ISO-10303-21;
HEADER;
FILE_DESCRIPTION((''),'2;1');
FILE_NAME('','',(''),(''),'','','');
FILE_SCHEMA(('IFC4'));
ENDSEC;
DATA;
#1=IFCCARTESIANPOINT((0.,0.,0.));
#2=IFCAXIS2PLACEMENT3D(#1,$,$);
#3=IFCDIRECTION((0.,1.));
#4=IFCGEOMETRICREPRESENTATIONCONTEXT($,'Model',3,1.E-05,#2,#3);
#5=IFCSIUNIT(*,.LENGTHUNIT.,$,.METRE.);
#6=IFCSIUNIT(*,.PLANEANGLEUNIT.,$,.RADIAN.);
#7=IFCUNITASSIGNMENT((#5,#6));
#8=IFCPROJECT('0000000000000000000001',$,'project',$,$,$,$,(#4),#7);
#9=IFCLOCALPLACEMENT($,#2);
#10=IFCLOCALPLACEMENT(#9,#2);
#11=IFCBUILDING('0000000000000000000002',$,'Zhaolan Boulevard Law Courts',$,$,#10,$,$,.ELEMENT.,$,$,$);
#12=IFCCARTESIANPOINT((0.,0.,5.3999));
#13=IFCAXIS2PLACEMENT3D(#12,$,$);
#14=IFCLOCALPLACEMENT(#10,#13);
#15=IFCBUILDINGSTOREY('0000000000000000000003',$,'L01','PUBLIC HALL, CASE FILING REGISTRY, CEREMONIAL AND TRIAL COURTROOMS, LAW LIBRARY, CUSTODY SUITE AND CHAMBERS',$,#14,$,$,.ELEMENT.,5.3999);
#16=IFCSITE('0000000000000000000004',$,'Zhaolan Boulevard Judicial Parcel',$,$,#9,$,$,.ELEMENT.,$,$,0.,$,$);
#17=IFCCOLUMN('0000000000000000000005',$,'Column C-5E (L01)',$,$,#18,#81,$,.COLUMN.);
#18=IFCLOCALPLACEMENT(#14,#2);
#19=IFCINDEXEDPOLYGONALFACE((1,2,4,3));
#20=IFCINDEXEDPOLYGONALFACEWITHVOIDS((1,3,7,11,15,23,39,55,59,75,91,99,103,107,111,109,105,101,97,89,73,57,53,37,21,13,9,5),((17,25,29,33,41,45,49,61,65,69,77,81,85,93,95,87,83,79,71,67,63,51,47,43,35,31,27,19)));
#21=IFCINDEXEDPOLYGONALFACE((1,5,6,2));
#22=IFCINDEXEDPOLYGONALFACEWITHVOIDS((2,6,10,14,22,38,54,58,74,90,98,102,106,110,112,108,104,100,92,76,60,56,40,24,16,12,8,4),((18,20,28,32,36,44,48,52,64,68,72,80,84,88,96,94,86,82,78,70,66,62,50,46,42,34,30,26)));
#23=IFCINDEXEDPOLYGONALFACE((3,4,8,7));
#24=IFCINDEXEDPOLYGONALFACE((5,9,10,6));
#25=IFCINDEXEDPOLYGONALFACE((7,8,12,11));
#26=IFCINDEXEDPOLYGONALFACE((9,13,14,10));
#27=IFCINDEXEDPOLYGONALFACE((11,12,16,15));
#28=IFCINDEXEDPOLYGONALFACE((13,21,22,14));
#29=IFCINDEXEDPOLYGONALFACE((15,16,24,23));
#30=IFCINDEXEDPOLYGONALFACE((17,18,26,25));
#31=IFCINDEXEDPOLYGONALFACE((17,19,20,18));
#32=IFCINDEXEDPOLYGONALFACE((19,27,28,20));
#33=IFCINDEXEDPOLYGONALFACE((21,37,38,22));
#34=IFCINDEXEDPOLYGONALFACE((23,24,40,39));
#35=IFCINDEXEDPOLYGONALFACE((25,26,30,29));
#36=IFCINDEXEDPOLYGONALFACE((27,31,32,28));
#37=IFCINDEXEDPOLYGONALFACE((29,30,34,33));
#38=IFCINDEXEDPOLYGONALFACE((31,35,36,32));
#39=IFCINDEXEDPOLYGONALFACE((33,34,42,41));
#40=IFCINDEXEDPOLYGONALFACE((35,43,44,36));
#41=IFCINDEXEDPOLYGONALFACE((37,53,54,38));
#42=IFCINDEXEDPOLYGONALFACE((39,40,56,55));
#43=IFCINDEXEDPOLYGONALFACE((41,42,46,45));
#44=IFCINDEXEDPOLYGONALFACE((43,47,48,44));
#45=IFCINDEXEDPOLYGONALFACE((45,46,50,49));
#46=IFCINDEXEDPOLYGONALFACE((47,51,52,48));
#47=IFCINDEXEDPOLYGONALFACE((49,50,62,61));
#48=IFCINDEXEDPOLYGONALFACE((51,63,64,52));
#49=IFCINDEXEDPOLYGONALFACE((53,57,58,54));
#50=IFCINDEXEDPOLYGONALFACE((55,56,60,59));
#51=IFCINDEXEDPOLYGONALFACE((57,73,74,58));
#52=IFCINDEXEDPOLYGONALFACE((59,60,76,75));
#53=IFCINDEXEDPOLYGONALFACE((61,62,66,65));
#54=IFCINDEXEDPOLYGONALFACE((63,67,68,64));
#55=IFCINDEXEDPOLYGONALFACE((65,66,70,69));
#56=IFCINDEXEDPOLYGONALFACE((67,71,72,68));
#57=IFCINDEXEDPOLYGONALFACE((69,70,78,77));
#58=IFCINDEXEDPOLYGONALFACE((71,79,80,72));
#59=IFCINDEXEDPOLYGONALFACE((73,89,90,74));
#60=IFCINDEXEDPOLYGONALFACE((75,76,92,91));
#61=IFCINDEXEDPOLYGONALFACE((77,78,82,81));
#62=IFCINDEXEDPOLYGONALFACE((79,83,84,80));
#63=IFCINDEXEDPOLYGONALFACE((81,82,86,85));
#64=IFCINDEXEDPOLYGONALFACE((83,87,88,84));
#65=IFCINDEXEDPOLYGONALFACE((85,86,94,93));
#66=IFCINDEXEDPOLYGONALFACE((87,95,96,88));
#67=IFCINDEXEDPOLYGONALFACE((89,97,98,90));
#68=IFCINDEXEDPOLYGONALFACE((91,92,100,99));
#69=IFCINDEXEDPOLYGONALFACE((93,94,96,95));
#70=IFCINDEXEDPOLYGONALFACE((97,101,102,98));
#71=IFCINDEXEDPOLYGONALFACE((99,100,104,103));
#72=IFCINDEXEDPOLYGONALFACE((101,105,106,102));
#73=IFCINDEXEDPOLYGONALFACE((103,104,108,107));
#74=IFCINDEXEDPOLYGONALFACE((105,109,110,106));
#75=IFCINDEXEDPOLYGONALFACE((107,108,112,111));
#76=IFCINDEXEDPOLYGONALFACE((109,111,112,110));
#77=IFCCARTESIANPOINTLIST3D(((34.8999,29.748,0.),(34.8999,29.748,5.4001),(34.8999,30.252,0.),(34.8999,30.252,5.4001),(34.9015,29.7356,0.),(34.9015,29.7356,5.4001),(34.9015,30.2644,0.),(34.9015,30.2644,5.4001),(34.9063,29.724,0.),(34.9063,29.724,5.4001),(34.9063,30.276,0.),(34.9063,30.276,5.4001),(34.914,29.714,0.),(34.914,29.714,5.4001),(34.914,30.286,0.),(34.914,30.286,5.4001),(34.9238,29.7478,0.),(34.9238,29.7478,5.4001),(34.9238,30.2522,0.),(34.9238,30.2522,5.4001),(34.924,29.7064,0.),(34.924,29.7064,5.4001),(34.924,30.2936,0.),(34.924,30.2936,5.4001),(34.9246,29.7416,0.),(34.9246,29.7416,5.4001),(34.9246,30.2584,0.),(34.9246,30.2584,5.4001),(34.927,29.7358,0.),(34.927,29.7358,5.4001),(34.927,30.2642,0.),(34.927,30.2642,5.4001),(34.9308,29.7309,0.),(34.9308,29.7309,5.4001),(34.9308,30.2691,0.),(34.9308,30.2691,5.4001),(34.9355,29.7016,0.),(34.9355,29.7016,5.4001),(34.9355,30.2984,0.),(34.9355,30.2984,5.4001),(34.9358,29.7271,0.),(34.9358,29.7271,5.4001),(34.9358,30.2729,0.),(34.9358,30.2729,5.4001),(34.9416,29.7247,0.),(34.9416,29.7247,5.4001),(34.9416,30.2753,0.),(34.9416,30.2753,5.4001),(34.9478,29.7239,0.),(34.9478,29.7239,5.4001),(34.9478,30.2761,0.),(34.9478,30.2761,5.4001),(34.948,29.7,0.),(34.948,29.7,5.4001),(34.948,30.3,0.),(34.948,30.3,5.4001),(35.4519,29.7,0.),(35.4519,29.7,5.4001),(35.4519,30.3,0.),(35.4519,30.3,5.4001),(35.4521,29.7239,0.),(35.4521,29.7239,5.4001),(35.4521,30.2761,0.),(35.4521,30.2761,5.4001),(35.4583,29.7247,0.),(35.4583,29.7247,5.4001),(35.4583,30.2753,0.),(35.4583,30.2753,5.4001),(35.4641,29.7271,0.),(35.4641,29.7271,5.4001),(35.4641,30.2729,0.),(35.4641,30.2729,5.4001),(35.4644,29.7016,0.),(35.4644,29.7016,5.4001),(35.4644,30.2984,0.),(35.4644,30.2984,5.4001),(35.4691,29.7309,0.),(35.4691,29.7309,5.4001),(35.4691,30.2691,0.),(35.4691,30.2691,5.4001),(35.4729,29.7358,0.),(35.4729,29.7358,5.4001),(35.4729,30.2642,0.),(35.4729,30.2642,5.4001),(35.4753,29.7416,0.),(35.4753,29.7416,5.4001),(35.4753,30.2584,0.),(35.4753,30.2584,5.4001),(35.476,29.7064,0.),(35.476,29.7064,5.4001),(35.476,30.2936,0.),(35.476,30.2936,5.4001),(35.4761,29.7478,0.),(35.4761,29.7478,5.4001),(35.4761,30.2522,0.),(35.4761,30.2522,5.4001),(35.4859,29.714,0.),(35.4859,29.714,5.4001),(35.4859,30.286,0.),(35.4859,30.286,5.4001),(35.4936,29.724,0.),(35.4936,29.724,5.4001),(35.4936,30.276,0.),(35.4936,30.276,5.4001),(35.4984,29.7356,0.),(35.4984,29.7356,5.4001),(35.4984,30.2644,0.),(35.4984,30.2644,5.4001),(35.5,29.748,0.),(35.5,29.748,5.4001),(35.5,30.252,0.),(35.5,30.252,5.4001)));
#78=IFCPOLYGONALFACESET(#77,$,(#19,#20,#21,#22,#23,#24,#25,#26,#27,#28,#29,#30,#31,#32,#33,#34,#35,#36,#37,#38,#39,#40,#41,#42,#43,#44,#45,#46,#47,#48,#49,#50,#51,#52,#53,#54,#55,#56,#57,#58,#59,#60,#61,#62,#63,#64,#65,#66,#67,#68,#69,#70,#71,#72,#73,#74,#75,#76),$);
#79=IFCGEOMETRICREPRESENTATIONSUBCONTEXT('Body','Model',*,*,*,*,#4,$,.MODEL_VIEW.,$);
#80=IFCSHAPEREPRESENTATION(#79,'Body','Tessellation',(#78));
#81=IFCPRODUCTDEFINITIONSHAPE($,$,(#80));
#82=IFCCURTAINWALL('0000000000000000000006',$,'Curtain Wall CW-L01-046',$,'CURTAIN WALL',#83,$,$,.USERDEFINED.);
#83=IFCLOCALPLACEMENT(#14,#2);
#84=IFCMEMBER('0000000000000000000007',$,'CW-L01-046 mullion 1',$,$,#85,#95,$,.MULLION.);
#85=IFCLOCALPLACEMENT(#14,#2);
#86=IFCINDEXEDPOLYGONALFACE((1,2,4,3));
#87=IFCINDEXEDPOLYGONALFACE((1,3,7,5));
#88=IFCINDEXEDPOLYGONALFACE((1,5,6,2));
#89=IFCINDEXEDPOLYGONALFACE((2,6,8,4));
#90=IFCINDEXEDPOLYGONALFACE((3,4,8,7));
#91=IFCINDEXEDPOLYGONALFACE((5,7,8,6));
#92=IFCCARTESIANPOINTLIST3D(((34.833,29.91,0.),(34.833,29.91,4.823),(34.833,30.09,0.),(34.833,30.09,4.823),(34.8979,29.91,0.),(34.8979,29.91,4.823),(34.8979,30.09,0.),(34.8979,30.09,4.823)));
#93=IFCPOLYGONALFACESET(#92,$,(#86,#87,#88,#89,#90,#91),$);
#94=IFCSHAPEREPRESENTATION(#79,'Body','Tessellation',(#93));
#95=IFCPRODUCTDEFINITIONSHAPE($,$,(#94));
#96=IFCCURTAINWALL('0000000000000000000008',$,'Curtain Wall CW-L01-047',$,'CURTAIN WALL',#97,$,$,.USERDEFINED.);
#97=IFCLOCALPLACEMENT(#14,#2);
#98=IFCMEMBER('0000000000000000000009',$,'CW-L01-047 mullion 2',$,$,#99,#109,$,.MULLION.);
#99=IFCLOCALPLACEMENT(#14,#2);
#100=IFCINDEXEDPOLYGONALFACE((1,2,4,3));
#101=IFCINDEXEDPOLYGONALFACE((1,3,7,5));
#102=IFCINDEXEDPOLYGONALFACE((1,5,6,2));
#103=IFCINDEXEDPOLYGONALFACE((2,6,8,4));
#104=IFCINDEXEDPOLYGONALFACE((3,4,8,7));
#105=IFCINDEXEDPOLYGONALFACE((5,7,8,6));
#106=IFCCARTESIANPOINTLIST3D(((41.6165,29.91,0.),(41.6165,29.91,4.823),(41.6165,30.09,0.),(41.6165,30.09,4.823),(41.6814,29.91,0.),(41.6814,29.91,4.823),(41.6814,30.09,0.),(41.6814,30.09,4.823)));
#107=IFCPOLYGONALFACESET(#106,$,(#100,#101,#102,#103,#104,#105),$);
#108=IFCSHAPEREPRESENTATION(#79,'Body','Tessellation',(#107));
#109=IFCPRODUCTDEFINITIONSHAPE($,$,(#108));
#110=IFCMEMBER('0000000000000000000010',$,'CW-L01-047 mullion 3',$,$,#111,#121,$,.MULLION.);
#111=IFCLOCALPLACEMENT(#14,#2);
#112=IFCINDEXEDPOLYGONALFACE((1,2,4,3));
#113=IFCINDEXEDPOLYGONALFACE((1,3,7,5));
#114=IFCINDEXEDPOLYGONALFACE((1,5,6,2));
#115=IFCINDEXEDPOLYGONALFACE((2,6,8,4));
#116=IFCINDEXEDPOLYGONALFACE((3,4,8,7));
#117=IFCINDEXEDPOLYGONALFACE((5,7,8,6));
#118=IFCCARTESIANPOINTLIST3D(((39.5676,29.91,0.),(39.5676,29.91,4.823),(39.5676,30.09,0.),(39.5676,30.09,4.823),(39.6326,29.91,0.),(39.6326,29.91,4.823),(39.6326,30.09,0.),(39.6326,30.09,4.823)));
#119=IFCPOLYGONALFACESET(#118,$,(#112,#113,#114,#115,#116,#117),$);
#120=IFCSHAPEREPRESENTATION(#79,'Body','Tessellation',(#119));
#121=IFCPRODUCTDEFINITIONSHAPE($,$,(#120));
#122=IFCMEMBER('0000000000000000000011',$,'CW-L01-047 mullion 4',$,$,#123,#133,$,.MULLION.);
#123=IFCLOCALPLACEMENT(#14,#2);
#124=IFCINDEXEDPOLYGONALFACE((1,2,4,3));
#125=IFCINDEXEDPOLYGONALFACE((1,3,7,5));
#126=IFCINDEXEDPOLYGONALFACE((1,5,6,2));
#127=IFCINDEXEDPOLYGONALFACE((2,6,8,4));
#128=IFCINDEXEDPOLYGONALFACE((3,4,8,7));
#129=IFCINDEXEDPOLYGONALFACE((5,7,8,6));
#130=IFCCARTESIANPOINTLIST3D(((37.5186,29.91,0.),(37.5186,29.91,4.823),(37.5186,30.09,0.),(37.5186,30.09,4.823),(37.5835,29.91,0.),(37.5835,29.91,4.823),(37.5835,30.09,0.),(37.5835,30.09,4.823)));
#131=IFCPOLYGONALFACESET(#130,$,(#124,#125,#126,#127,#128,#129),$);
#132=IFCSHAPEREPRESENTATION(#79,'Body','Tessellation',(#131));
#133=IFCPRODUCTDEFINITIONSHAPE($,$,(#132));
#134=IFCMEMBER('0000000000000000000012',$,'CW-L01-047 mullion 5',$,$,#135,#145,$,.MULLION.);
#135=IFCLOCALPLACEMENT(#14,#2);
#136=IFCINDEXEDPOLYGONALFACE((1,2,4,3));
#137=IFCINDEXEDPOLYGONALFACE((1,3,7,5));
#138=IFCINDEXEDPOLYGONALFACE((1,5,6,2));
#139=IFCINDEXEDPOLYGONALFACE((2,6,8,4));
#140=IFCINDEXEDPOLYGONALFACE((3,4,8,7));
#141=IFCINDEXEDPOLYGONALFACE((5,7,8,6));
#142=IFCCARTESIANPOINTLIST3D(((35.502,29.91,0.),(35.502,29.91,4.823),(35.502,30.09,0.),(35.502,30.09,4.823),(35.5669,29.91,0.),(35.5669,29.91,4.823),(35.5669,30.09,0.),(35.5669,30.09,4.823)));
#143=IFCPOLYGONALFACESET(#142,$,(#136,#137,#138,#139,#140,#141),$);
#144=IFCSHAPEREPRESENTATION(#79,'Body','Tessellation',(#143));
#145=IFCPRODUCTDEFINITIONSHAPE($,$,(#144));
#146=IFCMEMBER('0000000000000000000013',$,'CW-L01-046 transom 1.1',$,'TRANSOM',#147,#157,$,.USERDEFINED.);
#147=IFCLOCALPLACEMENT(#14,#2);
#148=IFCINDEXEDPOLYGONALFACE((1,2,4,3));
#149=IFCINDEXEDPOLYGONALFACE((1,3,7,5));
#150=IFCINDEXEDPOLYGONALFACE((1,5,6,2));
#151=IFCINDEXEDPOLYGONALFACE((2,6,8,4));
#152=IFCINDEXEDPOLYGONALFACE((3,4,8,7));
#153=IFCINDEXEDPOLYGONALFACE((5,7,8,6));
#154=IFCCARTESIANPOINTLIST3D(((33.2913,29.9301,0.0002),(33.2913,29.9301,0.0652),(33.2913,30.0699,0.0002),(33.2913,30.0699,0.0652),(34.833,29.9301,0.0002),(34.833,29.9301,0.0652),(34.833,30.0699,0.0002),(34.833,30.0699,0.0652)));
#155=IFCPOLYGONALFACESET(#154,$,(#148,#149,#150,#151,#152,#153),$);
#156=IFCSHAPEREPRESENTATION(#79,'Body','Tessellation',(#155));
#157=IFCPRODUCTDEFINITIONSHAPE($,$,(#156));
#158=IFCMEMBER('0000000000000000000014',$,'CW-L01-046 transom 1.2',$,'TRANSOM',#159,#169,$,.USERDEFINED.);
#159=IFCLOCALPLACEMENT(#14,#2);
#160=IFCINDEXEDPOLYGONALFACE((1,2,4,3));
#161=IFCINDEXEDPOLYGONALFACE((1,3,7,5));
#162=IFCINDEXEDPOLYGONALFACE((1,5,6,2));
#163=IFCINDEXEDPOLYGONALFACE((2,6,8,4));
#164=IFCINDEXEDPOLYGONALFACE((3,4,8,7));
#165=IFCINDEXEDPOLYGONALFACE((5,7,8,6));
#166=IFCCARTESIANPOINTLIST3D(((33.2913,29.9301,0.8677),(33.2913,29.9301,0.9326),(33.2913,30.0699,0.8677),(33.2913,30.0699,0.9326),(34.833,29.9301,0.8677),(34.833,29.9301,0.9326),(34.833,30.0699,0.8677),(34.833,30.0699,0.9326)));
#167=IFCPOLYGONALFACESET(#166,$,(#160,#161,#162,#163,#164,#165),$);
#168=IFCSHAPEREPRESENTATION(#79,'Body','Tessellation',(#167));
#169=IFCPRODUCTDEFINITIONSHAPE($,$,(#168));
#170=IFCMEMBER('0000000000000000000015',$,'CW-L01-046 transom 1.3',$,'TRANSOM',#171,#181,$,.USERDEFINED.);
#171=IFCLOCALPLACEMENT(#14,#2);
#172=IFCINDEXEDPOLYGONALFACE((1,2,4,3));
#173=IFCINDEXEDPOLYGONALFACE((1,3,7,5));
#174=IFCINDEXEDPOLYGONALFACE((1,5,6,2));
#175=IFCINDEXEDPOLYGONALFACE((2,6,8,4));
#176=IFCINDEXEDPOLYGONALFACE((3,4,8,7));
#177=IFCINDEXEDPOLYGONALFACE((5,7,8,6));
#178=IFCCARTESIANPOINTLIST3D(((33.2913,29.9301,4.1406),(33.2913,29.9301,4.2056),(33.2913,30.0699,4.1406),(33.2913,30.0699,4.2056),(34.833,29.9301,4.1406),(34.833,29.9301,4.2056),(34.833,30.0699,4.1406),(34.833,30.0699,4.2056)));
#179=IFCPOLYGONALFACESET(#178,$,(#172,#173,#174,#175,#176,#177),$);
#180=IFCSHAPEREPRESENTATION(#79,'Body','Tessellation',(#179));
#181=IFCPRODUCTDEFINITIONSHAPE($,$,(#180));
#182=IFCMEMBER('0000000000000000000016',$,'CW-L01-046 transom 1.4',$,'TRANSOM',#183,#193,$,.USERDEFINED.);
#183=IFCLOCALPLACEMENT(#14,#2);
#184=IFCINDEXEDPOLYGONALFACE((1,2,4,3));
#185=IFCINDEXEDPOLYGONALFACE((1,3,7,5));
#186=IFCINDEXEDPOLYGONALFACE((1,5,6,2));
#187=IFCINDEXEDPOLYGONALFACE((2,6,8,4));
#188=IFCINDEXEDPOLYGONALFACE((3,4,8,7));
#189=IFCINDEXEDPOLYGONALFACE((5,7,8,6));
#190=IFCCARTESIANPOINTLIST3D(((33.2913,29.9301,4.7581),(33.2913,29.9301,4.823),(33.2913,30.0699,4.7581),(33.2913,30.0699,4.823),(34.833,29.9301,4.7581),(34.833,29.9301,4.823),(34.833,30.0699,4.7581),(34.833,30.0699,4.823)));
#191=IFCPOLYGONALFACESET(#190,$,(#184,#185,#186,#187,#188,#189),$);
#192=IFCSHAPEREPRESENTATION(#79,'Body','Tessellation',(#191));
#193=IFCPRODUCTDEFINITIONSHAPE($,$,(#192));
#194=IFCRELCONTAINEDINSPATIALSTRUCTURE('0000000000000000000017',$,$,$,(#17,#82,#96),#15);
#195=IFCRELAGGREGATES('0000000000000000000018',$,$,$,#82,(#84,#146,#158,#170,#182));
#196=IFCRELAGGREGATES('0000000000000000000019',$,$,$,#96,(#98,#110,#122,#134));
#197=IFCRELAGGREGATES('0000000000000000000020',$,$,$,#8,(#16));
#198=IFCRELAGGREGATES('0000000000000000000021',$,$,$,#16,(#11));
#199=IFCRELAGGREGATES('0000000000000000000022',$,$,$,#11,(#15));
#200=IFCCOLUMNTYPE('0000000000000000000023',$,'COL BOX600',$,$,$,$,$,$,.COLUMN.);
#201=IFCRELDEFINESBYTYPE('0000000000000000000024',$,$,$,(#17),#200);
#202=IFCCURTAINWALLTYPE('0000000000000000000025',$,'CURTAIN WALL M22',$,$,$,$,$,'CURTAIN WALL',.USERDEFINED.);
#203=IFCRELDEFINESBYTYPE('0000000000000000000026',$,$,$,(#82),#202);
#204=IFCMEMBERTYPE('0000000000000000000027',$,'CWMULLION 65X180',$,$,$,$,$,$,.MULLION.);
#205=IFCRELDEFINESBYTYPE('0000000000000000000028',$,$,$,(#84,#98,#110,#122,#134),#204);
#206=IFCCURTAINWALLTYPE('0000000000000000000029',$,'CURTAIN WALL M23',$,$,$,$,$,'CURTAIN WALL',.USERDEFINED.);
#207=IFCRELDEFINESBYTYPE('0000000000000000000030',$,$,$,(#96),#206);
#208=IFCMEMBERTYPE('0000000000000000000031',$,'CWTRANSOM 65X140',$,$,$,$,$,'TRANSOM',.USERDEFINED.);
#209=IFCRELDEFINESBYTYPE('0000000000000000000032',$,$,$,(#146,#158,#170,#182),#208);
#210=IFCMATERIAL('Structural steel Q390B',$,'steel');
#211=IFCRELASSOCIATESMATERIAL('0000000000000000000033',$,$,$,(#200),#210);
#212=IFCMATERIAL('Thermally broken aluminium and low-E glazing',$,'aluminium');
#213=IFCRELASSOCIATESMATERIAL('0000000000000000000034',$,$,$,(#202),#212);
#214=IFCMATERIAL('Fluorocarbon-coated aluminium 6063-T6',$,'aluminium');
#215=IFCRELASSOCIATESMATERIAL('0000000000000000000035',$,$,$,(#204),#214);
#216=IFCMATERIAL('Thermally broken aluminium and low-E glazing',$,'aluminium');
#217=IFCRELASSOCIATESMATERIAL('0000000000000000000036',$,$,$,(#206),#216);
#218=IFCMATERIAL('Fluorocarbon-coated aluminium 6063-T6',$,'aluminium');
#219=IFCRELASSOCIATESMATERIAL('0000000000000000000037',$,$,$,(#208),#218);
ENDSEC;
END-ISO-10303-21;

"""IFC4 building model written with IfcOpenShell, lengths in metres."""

from ifc_helpers import new_model, si_unit, direction, frame, origin, origin_2d, place, context, subcontext, project, spatial, rectangle, hollow_rectangle, extrude, material, material_profile, profile_set, type_object, element, aggregate, save


model = new_model("IFC4")

# Units and contexts
model_context = context("Model", 3, precision=1e-05, world=origin(), true_north=direction((0.0, 1.0)))
body_context = subcontext(model_context, "Body", "Model", "MODEL_VIEW")
ifc_project = project(units=[si_unit("LENGTHUNIT", "METRE"), si_unit("PLANEANGLEUNIT", "RADIAN")], contexts=[model_context])

# Site, building, storey
site_placement = place(None, origin())
site = spatial("IfcSite", under=ifc_project, at=site_placement, Name="Zhaolan Boulevard Judicial Parcel", CompositionType="ELEMENT", RefElevation=0.0)
building_placement = place(site_placement, origin())
building = spatial("IfcBuilding", under=site, at=building_placement, Name="Zhaolan Boulevard Law Courts", CompositionType="ELEMENT")
storey_placement = place(building_placement, frame((0.0, 0.0, 5.3999)))
storey = spatial("IfcBuildingStorey", under=building, at=storey_placement, Name="L01", Description="PUBLIC HALL, CASE FILING REGISTRY, CEREMONIAL AND TRIAL COURTROOMS, LAW LIBRARY, CUSTODY SUITE AND CHAMBERS", CompositionType="ELEMENT", Elevation=5.3999)

# Column
ifc_material_1 = material(Name="Structural steel Q390B", Category="steel")
ifc_material_profile_1 = material_profile(ifc_material_1, hollow_rectangle(XDim=0.6001, YDim=0.6001, WallThickness=0.0239, InnerFilletRadius=0.0239, OuterFilletRadius=0.0481, at=origin_2d()), Name="BOX600x600x24")
ifc_profile_set_1 = profile_set([ifc_material_profile_1], Name="Structural steel Q390B")
column_type = type_object("IfcColumnType", Name="COL BOX600", PredefinedType="COLUMN", material=ifc_profile_set_1)
column_placement = place(storey_placement, frame((35.2, 30.0, 0.0), z_axis=(0.0, 0.0, 1.0), x_axis=(1.0, 0.0, 0.0)))
element("IfcColumn", 1, at=column_placement, inside=storey, type_object=column_type, Name="Column C-5E (L01)", PredefinedType="COLUMN", context=body_context, shape_type="SweptSolid", body=[
    extrude(hollow_rectangle(XDim=0.6001, YDim=0.6001, WallThickness=0.0239, InnerFilletRadius=0.0239, OuterFilletRadius=0.0481, at=origin_2d()), origin(), (0.0, 0.0, 1.0), 5.4001),
])

# Curtain wall, member
ifc_material_2 = material(Name="Thermally broken aluminium and low-E glazing", Category="aluminium")
curtain_wall_type_1 = type_object("IfcCurtainWallType", Name="CURTAIN WALL M22", ElementType="CURTAIN WALL", PredefinedType="USERDEFINED", material=ifc_material_2)
curtain_wall_1_placement = place(storey_placement, origin())
curtain_wall_1 = element("IfcCurtainWall", 2, at=curtain_wall_1_placement, inside=storey, type_object=curtain_wall_type_1, Name="Curtain Wall CW-L01-046", ObjectType="CURTAIN WALL", PredefinedType="USERDEFINED")
ifc_material_3 = material(Name="Fluorocarbon-coated aluminium 6063-T6", Category="aluminium")
ifc_material_profile_2 = material_profile(ifc_material_3, rectangle(XDim=0.1799, YDim=0.0649, at=origin_2d()), Name="AL65x180")
ifc_profile_set_2 = profile_set([ifc_material_profile_2], Name="Fluorocarbon-coated aluminium 6063-T6")
member_type_1 = type_object("IfcMemberType", Name="CWMULLION 65X180", PredefinedType="MULLION", material=ifc_profile_set_2)
member_1_placement = place(storey_placement, frame((34.8655, 30.0, 0.0), z_axis=(0.0, 0.0, 1.0), x_axis=(0.0, -1.0, 0.0)))
member_1 = element("IfcMember", 3, at=member_1_placement, type_object=member_type_1, Name="CW-L01-046 mullion 1", PredefinedType="MULLION", context=body_context, shape_type="SweptSolid", body=[
    extrude(rectangle(XDim=0.1799, YDim=0.0649, at=origin_2d()), origin(), (0.0, 0.0, 1.0), 4.823),
])

# Curtain wall, members
ifc_material_4 = material(Name="Thermally broken aluminium and low-E glazing", Category="aluminium")
curtain_wall_type_2 = type_object("IfcCurtainWallType", Name="CURTAIN WALL M23", ElementType="CURTAIN WALL", PredefinedType="USERDEFINED", material=ifc_material_4)
curtain_wall_2_placement = place(storey_placement, origin())
curtain_wall_2 = element("IfcCurtainWall", 4, at=curtain_wall_2_placement, inside=storey, type_object=curtain_wall_type_2, Name="Curtain Wall CW-L01-047", ObjectType="CURTAIN WALL", PredefinedType="USERDEFINED")
member_2_placement = place(storey_placement, frame((41.6489, 30.0, 0.0), z_axis=(0.0, 0.0, 1.0), x_axis=(0.0, -1.0, 0.0)))
member_2 = element("IfcMember", 5, at=member_2_placement, type_object=member_type_1, Name="CW-L01-047 mullion 2", PredefinedType="MULLION", context=body_context, shape_type="SweptSolid", body=[
    extrude(rectangle(XDim=0.1799, YDim=0.0649, at=origin_2d()), origin(), (0.0, 0.0, 1.0), 4.823),
])
member_3_placement = place(storey_placement, frame((39.6001, 30.0, 0.0), z_axis=(0.0, 0.0, 1.0), x_axis=(0.0, -1.0, 0.0)))
member_3 = element("IfcMember", 6, at=member_3_placement, type_object=member_type_1, Name="CW-L01-047 mullion 3", PredefinedType="MULLION", context=body_context, shape_type="SweptSolid", body=[
    extrude(rectangle(XDim=0.1799, YDim=0.0649, at=origin_2d()), origin(), (0.0, 0.0, 1.0), 4.823),
])
member_4_placement = place(storey_placement, frame((37.551, 30.0, 0.0), z_axis=(0.0, 0.0, 1.0), x_axis=(0.0, -1.0, 0.0)))
member_4 = element("IfcMember", 7, at=member_4_placement, type_object=member_type_1, Name="CW-L01-047 mullion 4", PredefinedType="MULLION", context=body_context, shape_type="SweptSolid", body=[
    extrude(rectangle(XDim=0.1799, YDim=0.0649, at=origin_2d()), origin(), (0.0, 0.0, 1.0), 4.823),
])
member_5_placement = place(storey_placement, frame((35.5344, 30.0, 0.0), z_axis=(0.0, 0.0, 1.0), x_axis=(0.0, -1.0, 0.0)))
member_5 = element("IfcMember", 8, at=member_5_placement, type_object=member_type_1, Name="CW-L01-047 mullion 5", PredefinedType="MULLION", context=body_context, shape_type="SweptSolid", body=[
    extrude(rectangle(XDim=0.1799, YDim=0.0649, at=origin_2d()), origin(), (0.0, 0.0, 1.0), 4.823),
])

# Members
ifc_material_5 = material(Name="Fluorocarbon-coated aluminium 6063-T6", Category="aluminium")
ifc_material_profile_3 = material_profile(ifc_material_5, rectangle(XDim=0.1399, YDim=0.0649, at=origin_2d()), Name="AL65x140")
ifc_profile_set_3 = profile_set([ifc_material_profile_3], Name="Fluorocarbon-coated aluminium 6063-T6")
member_type_2 = type_object("IfcMemberType", Name="CWTRANSOM 65X140", ElementType="TRANSOM", PredefinedType="USERDEFINED", material=ifc_profile_set_3)
member_6_placement = place(storey_placement, frame((34.833, 30.0, 0.0327), z_axis=(-1.0, 0.0, 0.0), x_axis=(0.0, -1.0, 0.0)))
member_6 = element("IfcMember", 9, at=member_6_placement, type_object=member_type_2, Name="CW-L01-046 transom 1.1", ObjectType="TRANSOM", PredefinedType="USERDEFINED", context=body_context, shape_type="SweptSolid", body=[
    extrude(rectangle(XDim=0.1399, YDim=0.0649, at=origin_2d()), origin(), (0.0, 0.0, 1.0), 1.5417),
])
member_7_placement = place(storey_placement, frame((34.833, 30.0, 0.9001), z_axis=(-1.0, 0.0, 0.0), x_axis=(0.0, -1.0, 0.0)))
member_7 = element("IfcMember", 10, at=member_7_placement, type_object=member_type_2, Name="CW-L01-046 transom 1.2", ObjectType="TRANSOM", PredefinedType="USERDEFINED", context=body_context, shape_type="SweptSolid", body=[
    extrude(rectangle(XDim=0.1399, YDim=0.0649, at=origin_2d()), origin(), (0.0, 0.0, 1.0), 1.5417),
])
member_8_placement = place(storey_placement, frame((34.833, 30.0, 4.1731), z_axis=(-1.0, 0.0, 0.0), x_axis=(0.0, -1.0, 0.0)))
member_8 = element("IfcMember", 11, at=member_8_placement, type_object=member_type_2, Name="CW-L01-046 transom 1.3", ObjectType="TRANSOM", PredefinedType="USERDEFINED", context=body_context, shape_type="SweptSolid", body=[
    extrude(rectangle(XDim=0.1399, YDim=0.0649, at=origin_2d()), origin(), (0.0, 0.0, 1.0), 1.5417),
])
member_9_placement = place(storey_placement, frame((34.833, 30.0, 4.7905), z_axis=(-1.0, 0.0, 0.0), x_axis=(0.0, -1.0, 0.0)))
member_9 = element("IfcMember", 12, at=member_9_placement, type_object=member_type_2, Name="CW-L01-046 transom 1.4", ObjectType="TRANSOM", PredefinedType="USERDEFINED", context=body_context, shape_type="SweptSolid", body=[
    extrude(rectangle(XDim=0.1399, YDim=0.0649, at=origin_2d()), origin(), (0.0, 0.0, 1.0), 1.5417),
])
aggregate(curtain_wall_1, [member_1, member_6, member_7, member_8, member_9])

aggregate(curtain_wall_2, [member_2, member_3, member_4, member_5])

save(model, "model.ifc")
